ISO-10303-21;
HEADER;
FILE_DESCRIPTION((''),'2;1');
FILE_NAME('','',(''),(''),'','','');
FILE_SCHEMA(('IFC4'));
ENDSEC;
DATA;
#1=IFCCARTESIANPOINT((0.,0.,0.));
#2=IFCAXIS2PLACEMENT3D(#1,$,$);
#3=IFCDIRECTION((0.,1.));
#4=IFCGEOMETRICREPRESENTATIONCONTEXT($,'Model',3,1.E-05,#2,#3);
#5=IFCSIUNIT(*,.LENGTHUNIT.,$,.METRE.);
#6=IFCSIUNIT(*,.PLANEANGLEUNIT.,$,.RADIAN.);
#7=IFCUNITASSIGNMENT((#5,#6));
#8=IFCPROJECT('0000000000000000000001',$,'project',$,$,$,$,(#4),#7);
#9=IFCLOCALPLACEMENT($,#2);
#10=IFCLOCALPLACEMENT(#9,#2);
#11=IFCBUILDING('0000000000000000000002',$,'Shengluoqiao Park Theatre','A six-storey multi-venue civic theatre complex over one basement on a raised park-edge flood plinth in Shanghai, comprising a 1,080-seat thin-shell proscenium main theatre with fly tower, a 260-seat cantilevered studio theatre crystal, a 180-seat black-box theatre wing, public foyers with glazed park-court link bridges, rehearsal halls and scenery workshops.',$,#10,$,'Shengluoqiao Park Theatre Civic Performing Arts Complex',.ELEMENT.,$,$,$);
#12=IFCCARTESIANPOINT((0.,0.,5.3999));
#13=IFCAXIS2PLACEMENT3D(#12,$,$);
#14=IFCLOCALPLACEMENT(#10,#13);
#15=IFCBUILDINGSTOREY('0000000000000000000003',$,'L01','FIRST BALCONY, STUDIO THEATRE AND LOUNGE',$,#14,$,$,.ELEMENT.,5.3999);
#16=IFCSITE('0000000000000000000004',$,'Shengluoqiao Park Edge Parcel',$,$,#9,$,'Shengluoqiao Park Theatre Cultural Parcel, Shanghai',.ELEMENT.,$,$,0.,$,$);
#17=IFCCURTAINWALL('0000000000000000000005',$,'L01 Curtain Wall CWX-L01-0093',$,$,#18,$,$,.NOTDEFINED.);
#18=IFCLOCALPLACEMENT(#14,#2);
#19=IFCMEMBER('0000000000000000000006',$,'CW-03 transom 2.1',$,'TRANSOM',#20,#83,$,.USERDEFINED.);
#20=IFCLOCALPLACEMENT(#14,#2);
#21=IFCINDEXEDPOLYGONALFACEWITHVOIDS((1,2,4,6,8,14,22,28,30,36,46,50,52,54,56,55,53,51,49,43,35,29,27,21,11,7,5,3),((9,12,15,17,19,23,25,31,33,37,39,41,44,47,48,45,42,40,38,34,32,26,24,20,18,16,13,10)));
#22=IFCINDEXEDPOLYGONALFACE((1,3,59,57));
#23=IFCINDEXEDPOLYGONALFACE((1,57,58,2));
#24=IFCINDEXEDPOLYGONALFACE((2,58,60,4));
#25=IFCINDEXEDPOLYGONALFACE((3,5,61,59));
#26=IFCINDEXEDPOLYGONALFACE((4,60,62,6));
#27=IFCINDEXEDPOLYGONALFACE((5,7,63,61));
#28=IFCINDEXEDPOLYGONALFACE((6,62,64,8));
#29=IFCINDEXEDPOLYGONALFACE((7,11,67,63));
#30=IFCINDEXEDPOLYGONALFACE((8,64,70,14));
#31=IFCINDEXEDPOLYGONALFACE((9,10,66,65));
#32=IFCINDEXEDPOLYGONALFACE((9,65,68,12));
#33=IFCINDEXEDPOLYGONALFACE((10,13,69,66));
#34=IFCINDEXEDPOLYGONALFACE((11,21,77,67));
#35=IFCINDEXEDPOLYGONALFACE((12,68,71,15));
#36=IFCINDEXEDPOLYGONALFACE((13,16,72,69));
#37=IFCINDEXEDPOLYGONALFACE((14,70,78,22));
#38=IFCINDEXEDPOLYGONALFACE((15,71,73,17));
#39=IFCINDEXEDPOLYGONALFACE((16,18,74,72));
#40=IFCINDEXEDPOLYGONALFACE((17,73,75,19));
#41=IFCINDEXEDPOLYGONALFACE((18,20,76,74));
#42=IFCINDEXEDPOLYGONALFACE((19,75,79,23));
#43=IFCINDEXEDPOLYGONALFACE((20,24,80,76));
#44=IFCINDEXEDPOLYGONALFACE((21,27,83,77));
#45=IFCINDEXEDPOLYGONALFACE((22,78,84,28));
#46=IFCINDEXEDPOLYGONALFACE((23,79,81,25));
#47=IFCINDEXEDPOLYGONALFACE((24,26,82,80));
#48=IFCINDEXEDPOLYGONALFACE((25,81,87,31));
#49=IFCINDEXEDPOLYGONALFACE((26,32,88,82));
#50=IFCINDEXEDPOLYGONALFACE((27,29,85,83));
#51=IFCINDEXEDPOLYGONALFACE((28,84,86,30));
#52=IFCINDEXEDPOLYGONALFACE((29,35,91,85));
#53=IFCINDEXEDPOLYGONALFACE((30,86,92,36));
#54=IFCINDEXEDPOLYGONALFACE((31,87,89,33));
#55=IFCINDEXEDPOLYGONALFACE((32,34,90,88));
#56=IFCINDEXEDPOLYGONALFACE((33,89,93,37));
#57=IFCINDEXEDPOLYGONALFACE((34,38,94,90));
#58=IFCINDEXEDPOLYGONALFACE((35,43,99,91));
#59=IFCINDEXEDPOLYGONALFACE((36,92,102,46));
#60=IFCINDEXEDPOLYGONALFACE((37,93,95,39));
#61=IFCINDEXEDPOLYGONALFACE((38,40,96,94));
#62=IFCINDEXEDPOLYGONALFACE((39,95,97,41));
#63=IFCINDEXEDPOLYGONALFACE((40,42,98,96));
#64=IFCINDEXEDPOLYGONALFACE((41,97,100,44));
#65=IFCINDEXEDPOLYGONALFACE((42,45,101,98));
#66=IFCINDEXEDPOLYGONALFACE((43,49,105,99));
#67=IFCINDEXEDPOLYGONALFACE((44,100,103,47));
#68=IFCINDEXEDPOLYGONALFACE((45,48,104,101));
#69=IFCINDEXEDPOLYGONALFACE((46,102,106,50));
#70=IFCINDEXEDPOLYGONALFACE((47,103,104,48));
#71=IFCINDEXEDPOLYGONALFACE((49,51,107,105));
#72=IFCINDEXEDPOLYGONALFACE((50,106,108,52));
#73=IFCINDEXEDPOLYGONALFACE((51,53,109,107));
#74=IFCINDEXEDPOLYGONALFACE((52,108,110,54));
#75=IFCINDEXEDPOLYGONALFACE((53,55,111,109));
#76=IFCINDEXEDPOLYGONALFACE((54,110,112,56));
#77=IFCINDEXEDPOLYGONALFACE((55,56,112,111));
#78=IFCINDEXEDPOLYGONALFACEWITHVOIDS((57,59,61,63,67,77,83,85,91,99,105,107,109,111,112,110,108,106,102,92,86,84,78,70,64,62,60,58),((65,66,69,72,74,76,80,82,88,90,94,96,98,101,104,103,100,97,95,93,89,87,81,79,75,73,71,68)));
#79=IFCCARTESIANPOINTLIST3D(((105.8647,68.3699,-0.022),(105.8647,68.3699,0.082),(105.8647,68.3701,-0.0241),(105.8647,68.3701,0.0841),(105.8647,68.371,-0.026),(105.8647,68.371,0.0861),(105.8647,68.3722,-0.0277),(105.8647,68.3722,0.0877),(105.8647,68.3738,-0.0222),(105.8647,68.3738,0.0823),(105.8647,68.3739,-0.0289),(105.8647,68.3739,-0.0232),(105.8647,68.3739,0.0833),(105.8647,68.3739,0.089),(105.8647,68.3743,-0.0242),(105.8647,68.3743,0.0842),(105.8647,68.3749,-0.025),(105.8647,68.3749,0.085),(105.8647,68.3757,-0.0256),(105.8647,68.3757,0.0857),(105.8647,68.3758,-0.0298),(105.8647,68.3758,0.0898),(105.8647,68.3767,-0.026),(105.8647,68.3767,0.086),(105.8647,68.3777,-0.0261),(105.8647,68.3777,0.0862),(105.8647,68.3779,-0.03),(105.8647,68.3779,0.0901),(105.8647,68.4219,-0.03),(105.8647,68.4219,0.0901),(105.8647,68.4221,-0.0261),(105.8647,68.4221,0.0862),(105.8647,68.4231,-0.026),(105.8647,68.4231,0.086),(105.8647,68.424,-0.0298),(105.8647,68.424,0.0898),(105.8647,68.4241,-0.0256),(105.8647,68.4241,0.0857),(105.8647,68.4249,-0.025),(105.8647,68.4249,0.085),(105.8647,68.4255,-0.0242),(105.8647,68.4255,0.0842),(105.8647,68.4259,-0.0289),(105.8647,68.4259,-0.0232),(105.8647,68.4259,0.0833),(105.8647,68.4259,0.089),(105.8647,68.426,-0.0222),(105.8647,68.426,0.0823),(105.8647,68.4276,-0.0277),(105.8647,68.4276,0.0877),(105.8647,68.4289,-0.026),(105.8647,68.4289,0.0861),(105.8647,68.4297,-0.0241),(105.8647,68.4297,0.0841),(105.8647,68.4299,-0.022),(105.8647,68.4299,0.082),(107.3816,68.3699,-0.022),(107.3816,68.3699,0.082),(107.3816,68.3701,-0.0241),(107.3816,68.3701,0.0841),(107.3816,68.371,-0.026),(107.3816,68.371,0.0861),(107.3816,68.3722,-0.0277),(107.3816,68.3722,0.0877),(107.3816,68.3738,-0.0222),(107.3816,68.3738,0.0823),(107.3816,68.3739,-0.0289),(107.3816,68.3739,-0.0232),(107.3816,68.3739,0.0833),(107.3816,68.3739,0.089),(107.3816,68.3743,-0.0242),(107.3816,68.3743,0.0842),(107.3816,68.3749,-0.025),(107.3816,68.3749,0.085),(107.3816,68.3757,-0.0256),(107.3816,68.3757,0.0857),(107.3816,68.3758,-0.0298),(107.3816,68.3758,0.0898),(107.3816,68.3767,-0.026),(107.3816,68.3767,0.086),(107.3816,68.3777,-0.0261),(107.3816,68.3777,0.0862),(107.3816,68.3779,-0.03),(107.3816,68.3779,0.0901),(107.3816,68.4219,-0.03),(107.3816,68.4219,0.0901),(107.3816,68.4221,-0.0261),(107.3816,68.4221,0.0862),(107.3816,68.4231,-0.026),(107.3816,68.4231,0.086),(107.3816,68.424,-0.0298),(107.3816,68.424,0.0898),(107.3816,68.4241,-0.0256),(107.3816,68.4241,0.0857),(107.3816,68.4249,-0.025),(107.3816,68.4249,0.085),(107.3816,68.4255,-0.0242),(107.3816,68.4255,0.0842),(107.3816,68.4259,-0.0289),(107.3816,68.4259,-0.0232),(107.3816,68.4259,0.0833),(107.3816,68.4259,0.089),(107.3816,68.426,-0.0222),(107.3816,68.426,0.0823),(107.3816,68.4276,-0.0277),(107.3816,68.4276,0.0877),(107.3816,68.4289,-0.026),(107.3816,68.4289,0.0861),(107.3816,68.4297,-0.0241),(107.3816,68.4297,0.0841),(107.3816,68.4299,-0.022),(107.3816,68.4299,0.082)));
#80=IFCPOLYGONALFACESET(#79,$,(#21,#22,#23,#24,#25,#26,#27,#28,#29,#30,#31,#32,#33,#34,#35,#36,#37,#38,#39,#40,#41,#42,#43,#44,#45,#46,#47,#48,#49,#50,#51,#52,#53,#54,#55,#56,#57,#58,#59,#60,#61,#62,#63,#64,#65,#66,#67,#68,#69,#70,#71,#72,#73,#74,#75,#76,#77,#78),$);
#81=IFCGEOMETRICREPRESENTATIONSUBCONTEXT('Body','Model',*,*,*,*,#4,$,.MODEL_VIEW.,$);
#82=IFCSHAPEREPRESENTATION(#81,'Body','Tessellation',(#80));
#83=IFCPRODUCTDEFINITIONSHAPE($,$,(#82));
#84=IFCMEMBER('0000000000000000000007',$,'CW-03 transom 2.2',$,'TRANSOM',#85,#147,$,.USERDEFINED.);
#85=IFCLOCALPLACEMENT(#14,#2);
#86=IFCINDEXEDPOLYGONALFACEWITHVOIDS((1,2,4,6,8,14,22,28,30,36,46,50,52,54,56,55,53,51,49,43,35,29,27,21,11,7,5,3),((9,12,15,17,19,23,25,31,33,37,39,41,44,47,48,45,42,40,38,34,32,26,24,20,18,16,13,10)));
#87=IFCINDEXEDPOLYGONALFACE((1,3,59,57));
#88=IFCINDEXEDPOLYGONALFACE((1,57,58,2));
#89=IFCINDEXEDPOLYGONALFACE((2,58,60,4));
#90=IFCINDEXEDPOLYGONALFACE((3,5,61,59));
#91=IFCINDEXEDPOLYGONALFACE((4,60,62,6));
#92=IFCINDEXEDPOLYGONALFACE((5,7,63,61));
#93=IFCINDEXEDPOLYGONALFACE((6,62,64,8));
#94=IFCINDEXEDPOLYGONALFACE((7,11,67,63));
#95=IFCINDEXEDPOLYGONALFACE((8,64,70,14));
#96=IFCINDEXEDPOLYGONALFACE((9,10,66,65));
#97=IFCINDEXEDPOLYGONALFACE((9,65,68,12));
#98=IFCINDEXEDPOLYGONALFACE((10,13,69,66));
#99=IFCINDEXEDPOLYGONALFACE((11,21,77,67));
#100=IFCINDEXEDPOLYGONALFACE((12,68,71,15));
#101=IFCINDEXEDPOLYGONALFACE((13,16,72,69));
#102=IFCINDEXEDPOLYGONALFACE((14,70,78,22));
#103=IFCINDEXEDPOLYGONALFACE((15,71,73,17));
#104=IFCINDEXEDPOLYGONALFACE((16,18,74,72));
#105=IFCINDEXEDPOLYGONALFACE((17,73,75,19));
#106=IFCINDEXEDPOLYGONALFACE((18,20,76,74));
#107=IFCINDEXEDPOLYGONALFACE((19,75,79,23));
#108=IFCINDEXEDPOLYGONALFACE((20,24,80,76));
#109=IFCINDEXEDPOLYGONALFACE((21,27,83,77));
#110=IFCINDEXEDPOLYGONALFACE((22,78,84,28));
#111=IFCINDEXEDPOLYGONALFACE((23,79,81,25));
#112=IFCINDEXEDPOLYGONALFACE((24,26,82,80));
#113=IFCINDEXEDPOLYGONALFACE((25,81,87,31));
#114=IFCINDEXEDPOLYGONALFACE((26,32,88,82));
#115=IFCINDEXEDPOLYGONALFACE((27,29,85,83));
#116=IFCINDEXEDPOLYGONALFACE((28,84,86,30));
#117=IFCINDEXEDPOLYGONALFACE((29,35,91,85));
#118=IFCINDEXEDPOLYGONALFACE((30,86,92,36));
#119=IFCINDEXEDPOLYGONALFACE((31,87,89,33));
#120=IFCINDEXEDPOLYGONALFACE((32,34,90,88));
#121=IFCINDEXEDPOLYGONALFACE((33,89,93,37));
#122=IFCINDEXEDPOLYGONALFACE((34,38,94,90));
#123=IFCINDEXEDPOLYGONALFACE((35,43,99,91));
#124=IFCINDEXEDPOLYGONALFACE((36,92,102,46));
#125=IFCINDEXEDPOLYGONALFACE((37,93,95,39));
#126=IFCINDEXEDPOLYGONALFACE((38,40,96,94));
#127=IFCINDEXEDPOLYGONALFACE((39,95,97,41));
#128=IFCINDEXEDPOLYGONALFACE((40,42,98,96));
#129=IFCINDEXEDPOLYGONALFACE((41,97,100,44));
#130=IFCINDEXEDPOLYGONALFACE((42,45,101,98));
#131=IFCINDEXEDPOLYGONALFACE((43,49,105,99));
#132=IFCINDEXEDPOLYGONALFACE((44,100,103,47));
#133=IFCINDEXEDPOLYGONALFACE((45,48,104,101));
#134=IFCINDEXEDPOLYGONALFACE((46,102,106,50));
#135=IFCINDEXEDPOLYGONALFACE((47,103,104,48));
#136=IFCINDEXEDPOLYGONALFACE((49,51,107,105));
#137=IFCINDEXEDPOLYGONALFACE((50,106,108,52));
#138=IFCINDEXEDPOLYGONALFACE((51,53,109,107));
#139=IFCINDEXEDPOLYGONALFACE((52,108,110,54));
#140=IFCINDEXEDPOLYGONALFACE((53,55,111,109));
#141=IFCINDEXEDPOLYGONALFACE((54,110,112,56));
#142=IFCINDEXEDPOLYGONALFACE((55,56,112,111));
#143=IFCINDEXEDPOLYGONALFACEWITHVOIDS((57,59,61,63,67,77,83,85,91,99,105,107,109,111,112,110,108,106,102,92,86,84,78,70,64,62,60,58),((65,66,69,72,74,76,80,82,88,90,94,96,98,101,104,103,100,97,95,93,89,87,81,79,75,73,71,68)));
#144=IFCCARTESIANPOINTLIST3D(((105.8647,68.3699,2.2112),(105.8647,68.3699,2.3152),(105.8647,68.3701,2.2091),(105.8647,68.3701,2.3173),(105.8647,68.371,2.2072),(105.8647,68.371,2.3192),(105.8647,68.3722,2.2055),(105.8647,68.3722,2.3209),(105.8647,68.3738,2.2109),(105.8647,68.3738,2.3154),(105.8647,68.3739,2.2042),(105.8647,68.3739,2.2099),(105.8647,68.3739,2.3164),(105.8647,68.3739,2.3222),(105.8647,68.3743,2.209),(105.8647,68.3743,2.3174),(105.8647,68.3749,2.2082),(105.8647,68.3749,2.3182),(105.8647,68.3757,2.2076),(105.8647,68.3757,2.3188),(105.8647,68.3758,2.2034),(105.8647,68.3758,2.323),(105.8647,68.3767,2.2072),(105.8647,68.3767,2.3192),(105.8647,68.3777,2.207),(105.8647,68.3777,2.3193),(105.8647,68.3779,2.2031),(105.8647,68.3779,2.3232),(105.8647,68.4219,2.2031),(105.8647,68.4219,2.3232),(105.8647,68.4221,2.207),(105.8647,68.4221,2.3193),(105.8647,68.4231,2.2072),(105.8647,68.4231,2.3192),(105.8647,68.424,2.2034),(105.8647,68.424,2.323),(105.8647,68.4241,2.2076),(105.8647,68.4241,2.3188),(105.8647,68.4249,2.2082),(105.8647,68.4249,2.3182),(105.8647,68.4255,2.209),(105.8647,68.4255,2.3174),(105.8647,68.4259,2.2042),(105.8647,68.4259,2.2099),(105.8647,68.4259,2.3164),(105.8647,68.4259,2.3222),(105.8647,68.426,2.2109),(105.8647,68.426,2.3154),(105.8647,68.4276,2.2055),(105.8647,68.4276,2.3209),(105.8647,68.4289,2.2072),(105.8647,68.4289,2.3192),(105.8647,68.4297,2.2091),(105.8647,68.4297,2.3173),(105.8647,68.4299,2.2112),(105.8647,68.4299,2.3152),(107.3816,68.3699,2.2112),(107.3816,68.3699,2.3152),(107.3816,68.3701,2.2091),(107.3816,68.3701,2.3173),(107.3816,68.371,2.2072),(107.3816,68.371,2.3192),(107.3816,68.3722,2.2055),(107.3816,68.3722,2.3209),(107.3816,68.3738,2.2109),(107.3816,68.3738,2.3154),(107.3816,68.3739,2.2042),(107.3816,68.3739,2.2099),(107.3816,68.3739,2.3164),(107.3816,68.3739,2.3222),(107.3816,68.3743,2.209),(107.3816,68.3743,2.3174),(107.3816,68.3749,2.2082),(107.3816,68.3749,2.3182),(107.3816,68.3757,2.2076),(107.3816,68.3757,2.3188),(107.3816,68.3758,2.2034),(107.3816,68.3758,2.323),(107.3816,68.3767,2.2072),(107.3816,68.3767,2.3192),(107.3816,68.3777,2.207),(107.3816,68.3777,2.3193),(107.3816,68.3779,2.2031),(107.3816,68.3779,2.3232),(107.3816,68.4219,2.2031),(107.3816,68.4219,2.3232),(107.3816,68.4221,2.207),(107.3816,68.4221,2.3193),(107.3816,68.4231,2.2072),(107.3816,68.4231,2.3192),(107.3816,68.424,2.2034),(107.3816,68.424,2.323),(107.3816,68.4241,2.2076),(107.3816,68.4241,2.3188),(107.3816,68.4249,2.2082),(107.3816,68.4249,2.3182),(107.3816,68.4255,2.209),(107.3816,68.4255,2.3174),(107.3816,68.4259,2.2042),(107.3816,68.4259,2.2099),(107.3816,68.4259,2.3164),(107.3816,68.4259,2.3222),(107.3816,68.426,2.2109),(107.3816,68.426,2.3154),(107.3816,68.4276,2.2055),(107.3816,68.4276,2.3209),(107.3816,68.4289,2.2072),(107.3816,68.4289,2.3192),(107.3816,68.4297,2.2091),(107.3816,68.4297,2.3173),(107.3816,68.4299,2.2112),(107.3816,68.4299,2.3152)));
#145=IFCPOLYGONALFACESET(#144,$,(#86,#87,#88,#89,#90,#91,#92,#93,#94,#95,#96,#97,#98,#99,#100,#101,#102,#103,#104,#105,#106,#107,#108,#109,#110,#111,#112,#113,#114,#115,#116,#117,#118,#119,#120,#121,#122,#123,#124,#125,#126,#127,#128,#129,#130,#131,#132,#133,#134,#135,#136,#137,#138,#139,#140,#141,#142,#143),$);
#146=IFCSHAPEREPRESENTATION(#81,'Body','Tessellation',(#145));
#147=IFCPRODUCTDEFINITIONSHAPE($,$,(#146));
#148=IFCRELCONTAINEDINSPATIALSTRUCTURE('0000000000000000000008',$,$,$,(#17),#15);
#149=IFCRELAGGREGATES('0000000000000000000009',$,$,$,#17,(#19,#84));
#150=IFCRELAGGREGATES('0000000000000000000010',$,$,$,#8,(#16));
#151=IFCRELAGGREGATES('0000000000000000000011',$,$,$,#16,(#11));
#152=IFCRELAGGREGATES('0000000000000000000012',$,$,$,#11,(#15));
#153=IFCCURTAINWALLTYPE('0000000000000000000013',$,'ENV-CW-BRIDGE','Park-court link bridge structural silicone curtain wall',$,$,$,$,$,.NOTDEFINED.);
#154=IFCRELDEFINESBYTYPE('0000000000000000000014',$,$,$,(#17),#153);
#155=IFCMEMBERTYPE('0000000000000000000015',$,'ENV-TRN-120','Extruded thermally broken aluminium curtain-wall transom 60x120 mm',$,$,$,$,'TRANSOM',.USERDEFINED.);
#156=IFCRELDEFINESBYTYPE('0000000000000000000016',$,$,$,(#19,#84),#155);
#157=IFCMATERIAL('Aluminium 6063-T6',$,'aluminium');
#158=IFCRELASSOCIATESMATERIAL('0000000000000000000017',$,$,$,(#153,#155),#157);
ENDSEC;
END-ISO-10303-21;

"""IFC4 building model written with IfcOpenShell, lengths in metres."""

from ifc_helpers import new_model, si_unit, direction, frame, origin, origin_2d, place, context, subcontext, project, spatial, hollow_rectangle, extrude, material, material_profile, profile_set, type_object, element, aggregate, save


model = new_model("IFC4")

# Units and contexts
model_context = context("Model", 3, precision=1e-05, world=origin(), true_north=direction((0.0, 1.0)))
body_context = subcontext(model_context, "Body", "Model", "MODEL_VIEW")
ifc_project = project(units=[si_unit("LENGTHUNIT", "METRE"), si_unit("PLANEANGLEUNIT", "RADIAN")], contexts=[model_context])

# Site, building, storey
site_placement = place(None, origin())
site = spatial("IfcSite", under=ifc_project, at=site_placement, Name="Shengluoqiao Park Edge Parcel", LongName="Shengluoqiao Park Theatre Cultural Parcel, Shanghai", CompositionType="ELEMENT", RefElevation=0.0)
building_placement = place(site_placement, origin())
building = spatial("IfcBuilding", under=site, at=building_placement, Name="Shengluoqiao Park Theatre", Description="A six-storey multi-venue civic theatre complex over one basement on a raised park-edge flood plinth in Shanghai, comprising a 1,080-seat thin-shell proscenium main theatre with fly tower, a 260-seat cantilevered studio theatre crystal, a 180-seat black-box theatre wing, public foyers with glazed park-court link bridges, rehearsal halls and scenery workshops.", LongName="Shengluoqiao Park Theatre Civic Performing Arts Complex", CompositionType="ELEMENT")
storey_placement = place(building_placement, frame((0.0, 0.0, 5.3999)))
storey = spatial("IfcBuildingStorey", under=building, at=storey_placement, Name="L01", Description="FIRST BALCONY, STUDIO THEATRE AND LOUNGE", CompositionType="ELEMENT", Elevation=5.3999)

# Curtain wall
ifc_material_1 = material(Name="Aluminium 6063-T6", Category="aluminium")
curtain_wall_type = type_object("IfcCurtainWallType", Name="ENV-CW-BRIDGE", Description="Park-court link bridge structural silicone curtain wall", PredefinedType="NOTDEFINED", material=ifc_material_1)
curtain_wall_1_placement = place(storey_placement, origin())
curtain_wall_1 = element("IfcCurtainWall", 1, at=curtain_wall_1_placement, inside=storey, type_object=curtain_wall_type, Name="L01 Curtain Wall CWX-L01-0093", PredefinedType="NOTDEFINED")

# Members
ifc_material_profile_1 = material_profile(ifc_material_1, hollow_rectangle(XDim=0.0601, YDim=0.1201, WallThickness=0.0039, InnerFilletRadius=0.0039, OuterFilletRadius=0.0081, at=origin_2d()), Name="ALU TRANSOM 120x60x4")
ifc_profile_set_1 = profile_set([ifc_material_profile_1], Name="Aluminium 6063-T6")
member_type_1 = type_object("IfcMemberType", Name="ENV-TRN-120", Description="Extruded thermally broken aluminium curtain-wall transom 60x120 mm", ElementType="TRANSOM", PredefinedType="USERDEFINED", material=ifc_profile_set_1)
member_1_placement = place(storey_placement, frame((105.8647, 68.3999, 0.03), z_axis=(1.0, 0.0, 0.0), x_axis=(0.0, 1.0, 0.0)))
member_1 = element("IfcMember", 2, at=member_1_placement, type_object=member_type_1, Name="CW-03 transom 2.1", ObjectType="TRANSOM", PredefinedType="USERDEFINED", context=body_context, shape_type="SweptSolid", body=[
    extrude(hollow_rectangle(XDim=0.0601, YDim=0.1201, WallThickness=0.0039, InnerFilletRadius=0.0039, OuterFilletRadius=0.0081, at=origin_2d()), origin(), (0.0, 0.0, 1.0), 1.5168),
])
member_2_placement = place(storey_placement, frame((105.8647, 68.3999, 2.2632), z_axis=(1.0, 0.0, 0.0), x_axis=(0.0, 1.0, 0.0)))
member_2 = element("IfcMember", 3, at=member_2_placement, type_object=member_type_1, Name="CW-03 transom 2.2", ObjectType="TRANSOM", PredefinedType="USERDEFINED", context=body_context, shape_type="SweptSolid", body=[
    extrude(hollow_rectangle(XDim=0.0601, YDim=0.1201, WallThickness=0.0039, InnerFilletRadius=0.0039, OuterFilletRadius=0.0081, at=origin_2d()), origin(), (0.0, 0.0, 1.0), 1.5168),
])

aggregate(curtain_wall_1, [member_1, member_2])

save(model, "model.ifc")
